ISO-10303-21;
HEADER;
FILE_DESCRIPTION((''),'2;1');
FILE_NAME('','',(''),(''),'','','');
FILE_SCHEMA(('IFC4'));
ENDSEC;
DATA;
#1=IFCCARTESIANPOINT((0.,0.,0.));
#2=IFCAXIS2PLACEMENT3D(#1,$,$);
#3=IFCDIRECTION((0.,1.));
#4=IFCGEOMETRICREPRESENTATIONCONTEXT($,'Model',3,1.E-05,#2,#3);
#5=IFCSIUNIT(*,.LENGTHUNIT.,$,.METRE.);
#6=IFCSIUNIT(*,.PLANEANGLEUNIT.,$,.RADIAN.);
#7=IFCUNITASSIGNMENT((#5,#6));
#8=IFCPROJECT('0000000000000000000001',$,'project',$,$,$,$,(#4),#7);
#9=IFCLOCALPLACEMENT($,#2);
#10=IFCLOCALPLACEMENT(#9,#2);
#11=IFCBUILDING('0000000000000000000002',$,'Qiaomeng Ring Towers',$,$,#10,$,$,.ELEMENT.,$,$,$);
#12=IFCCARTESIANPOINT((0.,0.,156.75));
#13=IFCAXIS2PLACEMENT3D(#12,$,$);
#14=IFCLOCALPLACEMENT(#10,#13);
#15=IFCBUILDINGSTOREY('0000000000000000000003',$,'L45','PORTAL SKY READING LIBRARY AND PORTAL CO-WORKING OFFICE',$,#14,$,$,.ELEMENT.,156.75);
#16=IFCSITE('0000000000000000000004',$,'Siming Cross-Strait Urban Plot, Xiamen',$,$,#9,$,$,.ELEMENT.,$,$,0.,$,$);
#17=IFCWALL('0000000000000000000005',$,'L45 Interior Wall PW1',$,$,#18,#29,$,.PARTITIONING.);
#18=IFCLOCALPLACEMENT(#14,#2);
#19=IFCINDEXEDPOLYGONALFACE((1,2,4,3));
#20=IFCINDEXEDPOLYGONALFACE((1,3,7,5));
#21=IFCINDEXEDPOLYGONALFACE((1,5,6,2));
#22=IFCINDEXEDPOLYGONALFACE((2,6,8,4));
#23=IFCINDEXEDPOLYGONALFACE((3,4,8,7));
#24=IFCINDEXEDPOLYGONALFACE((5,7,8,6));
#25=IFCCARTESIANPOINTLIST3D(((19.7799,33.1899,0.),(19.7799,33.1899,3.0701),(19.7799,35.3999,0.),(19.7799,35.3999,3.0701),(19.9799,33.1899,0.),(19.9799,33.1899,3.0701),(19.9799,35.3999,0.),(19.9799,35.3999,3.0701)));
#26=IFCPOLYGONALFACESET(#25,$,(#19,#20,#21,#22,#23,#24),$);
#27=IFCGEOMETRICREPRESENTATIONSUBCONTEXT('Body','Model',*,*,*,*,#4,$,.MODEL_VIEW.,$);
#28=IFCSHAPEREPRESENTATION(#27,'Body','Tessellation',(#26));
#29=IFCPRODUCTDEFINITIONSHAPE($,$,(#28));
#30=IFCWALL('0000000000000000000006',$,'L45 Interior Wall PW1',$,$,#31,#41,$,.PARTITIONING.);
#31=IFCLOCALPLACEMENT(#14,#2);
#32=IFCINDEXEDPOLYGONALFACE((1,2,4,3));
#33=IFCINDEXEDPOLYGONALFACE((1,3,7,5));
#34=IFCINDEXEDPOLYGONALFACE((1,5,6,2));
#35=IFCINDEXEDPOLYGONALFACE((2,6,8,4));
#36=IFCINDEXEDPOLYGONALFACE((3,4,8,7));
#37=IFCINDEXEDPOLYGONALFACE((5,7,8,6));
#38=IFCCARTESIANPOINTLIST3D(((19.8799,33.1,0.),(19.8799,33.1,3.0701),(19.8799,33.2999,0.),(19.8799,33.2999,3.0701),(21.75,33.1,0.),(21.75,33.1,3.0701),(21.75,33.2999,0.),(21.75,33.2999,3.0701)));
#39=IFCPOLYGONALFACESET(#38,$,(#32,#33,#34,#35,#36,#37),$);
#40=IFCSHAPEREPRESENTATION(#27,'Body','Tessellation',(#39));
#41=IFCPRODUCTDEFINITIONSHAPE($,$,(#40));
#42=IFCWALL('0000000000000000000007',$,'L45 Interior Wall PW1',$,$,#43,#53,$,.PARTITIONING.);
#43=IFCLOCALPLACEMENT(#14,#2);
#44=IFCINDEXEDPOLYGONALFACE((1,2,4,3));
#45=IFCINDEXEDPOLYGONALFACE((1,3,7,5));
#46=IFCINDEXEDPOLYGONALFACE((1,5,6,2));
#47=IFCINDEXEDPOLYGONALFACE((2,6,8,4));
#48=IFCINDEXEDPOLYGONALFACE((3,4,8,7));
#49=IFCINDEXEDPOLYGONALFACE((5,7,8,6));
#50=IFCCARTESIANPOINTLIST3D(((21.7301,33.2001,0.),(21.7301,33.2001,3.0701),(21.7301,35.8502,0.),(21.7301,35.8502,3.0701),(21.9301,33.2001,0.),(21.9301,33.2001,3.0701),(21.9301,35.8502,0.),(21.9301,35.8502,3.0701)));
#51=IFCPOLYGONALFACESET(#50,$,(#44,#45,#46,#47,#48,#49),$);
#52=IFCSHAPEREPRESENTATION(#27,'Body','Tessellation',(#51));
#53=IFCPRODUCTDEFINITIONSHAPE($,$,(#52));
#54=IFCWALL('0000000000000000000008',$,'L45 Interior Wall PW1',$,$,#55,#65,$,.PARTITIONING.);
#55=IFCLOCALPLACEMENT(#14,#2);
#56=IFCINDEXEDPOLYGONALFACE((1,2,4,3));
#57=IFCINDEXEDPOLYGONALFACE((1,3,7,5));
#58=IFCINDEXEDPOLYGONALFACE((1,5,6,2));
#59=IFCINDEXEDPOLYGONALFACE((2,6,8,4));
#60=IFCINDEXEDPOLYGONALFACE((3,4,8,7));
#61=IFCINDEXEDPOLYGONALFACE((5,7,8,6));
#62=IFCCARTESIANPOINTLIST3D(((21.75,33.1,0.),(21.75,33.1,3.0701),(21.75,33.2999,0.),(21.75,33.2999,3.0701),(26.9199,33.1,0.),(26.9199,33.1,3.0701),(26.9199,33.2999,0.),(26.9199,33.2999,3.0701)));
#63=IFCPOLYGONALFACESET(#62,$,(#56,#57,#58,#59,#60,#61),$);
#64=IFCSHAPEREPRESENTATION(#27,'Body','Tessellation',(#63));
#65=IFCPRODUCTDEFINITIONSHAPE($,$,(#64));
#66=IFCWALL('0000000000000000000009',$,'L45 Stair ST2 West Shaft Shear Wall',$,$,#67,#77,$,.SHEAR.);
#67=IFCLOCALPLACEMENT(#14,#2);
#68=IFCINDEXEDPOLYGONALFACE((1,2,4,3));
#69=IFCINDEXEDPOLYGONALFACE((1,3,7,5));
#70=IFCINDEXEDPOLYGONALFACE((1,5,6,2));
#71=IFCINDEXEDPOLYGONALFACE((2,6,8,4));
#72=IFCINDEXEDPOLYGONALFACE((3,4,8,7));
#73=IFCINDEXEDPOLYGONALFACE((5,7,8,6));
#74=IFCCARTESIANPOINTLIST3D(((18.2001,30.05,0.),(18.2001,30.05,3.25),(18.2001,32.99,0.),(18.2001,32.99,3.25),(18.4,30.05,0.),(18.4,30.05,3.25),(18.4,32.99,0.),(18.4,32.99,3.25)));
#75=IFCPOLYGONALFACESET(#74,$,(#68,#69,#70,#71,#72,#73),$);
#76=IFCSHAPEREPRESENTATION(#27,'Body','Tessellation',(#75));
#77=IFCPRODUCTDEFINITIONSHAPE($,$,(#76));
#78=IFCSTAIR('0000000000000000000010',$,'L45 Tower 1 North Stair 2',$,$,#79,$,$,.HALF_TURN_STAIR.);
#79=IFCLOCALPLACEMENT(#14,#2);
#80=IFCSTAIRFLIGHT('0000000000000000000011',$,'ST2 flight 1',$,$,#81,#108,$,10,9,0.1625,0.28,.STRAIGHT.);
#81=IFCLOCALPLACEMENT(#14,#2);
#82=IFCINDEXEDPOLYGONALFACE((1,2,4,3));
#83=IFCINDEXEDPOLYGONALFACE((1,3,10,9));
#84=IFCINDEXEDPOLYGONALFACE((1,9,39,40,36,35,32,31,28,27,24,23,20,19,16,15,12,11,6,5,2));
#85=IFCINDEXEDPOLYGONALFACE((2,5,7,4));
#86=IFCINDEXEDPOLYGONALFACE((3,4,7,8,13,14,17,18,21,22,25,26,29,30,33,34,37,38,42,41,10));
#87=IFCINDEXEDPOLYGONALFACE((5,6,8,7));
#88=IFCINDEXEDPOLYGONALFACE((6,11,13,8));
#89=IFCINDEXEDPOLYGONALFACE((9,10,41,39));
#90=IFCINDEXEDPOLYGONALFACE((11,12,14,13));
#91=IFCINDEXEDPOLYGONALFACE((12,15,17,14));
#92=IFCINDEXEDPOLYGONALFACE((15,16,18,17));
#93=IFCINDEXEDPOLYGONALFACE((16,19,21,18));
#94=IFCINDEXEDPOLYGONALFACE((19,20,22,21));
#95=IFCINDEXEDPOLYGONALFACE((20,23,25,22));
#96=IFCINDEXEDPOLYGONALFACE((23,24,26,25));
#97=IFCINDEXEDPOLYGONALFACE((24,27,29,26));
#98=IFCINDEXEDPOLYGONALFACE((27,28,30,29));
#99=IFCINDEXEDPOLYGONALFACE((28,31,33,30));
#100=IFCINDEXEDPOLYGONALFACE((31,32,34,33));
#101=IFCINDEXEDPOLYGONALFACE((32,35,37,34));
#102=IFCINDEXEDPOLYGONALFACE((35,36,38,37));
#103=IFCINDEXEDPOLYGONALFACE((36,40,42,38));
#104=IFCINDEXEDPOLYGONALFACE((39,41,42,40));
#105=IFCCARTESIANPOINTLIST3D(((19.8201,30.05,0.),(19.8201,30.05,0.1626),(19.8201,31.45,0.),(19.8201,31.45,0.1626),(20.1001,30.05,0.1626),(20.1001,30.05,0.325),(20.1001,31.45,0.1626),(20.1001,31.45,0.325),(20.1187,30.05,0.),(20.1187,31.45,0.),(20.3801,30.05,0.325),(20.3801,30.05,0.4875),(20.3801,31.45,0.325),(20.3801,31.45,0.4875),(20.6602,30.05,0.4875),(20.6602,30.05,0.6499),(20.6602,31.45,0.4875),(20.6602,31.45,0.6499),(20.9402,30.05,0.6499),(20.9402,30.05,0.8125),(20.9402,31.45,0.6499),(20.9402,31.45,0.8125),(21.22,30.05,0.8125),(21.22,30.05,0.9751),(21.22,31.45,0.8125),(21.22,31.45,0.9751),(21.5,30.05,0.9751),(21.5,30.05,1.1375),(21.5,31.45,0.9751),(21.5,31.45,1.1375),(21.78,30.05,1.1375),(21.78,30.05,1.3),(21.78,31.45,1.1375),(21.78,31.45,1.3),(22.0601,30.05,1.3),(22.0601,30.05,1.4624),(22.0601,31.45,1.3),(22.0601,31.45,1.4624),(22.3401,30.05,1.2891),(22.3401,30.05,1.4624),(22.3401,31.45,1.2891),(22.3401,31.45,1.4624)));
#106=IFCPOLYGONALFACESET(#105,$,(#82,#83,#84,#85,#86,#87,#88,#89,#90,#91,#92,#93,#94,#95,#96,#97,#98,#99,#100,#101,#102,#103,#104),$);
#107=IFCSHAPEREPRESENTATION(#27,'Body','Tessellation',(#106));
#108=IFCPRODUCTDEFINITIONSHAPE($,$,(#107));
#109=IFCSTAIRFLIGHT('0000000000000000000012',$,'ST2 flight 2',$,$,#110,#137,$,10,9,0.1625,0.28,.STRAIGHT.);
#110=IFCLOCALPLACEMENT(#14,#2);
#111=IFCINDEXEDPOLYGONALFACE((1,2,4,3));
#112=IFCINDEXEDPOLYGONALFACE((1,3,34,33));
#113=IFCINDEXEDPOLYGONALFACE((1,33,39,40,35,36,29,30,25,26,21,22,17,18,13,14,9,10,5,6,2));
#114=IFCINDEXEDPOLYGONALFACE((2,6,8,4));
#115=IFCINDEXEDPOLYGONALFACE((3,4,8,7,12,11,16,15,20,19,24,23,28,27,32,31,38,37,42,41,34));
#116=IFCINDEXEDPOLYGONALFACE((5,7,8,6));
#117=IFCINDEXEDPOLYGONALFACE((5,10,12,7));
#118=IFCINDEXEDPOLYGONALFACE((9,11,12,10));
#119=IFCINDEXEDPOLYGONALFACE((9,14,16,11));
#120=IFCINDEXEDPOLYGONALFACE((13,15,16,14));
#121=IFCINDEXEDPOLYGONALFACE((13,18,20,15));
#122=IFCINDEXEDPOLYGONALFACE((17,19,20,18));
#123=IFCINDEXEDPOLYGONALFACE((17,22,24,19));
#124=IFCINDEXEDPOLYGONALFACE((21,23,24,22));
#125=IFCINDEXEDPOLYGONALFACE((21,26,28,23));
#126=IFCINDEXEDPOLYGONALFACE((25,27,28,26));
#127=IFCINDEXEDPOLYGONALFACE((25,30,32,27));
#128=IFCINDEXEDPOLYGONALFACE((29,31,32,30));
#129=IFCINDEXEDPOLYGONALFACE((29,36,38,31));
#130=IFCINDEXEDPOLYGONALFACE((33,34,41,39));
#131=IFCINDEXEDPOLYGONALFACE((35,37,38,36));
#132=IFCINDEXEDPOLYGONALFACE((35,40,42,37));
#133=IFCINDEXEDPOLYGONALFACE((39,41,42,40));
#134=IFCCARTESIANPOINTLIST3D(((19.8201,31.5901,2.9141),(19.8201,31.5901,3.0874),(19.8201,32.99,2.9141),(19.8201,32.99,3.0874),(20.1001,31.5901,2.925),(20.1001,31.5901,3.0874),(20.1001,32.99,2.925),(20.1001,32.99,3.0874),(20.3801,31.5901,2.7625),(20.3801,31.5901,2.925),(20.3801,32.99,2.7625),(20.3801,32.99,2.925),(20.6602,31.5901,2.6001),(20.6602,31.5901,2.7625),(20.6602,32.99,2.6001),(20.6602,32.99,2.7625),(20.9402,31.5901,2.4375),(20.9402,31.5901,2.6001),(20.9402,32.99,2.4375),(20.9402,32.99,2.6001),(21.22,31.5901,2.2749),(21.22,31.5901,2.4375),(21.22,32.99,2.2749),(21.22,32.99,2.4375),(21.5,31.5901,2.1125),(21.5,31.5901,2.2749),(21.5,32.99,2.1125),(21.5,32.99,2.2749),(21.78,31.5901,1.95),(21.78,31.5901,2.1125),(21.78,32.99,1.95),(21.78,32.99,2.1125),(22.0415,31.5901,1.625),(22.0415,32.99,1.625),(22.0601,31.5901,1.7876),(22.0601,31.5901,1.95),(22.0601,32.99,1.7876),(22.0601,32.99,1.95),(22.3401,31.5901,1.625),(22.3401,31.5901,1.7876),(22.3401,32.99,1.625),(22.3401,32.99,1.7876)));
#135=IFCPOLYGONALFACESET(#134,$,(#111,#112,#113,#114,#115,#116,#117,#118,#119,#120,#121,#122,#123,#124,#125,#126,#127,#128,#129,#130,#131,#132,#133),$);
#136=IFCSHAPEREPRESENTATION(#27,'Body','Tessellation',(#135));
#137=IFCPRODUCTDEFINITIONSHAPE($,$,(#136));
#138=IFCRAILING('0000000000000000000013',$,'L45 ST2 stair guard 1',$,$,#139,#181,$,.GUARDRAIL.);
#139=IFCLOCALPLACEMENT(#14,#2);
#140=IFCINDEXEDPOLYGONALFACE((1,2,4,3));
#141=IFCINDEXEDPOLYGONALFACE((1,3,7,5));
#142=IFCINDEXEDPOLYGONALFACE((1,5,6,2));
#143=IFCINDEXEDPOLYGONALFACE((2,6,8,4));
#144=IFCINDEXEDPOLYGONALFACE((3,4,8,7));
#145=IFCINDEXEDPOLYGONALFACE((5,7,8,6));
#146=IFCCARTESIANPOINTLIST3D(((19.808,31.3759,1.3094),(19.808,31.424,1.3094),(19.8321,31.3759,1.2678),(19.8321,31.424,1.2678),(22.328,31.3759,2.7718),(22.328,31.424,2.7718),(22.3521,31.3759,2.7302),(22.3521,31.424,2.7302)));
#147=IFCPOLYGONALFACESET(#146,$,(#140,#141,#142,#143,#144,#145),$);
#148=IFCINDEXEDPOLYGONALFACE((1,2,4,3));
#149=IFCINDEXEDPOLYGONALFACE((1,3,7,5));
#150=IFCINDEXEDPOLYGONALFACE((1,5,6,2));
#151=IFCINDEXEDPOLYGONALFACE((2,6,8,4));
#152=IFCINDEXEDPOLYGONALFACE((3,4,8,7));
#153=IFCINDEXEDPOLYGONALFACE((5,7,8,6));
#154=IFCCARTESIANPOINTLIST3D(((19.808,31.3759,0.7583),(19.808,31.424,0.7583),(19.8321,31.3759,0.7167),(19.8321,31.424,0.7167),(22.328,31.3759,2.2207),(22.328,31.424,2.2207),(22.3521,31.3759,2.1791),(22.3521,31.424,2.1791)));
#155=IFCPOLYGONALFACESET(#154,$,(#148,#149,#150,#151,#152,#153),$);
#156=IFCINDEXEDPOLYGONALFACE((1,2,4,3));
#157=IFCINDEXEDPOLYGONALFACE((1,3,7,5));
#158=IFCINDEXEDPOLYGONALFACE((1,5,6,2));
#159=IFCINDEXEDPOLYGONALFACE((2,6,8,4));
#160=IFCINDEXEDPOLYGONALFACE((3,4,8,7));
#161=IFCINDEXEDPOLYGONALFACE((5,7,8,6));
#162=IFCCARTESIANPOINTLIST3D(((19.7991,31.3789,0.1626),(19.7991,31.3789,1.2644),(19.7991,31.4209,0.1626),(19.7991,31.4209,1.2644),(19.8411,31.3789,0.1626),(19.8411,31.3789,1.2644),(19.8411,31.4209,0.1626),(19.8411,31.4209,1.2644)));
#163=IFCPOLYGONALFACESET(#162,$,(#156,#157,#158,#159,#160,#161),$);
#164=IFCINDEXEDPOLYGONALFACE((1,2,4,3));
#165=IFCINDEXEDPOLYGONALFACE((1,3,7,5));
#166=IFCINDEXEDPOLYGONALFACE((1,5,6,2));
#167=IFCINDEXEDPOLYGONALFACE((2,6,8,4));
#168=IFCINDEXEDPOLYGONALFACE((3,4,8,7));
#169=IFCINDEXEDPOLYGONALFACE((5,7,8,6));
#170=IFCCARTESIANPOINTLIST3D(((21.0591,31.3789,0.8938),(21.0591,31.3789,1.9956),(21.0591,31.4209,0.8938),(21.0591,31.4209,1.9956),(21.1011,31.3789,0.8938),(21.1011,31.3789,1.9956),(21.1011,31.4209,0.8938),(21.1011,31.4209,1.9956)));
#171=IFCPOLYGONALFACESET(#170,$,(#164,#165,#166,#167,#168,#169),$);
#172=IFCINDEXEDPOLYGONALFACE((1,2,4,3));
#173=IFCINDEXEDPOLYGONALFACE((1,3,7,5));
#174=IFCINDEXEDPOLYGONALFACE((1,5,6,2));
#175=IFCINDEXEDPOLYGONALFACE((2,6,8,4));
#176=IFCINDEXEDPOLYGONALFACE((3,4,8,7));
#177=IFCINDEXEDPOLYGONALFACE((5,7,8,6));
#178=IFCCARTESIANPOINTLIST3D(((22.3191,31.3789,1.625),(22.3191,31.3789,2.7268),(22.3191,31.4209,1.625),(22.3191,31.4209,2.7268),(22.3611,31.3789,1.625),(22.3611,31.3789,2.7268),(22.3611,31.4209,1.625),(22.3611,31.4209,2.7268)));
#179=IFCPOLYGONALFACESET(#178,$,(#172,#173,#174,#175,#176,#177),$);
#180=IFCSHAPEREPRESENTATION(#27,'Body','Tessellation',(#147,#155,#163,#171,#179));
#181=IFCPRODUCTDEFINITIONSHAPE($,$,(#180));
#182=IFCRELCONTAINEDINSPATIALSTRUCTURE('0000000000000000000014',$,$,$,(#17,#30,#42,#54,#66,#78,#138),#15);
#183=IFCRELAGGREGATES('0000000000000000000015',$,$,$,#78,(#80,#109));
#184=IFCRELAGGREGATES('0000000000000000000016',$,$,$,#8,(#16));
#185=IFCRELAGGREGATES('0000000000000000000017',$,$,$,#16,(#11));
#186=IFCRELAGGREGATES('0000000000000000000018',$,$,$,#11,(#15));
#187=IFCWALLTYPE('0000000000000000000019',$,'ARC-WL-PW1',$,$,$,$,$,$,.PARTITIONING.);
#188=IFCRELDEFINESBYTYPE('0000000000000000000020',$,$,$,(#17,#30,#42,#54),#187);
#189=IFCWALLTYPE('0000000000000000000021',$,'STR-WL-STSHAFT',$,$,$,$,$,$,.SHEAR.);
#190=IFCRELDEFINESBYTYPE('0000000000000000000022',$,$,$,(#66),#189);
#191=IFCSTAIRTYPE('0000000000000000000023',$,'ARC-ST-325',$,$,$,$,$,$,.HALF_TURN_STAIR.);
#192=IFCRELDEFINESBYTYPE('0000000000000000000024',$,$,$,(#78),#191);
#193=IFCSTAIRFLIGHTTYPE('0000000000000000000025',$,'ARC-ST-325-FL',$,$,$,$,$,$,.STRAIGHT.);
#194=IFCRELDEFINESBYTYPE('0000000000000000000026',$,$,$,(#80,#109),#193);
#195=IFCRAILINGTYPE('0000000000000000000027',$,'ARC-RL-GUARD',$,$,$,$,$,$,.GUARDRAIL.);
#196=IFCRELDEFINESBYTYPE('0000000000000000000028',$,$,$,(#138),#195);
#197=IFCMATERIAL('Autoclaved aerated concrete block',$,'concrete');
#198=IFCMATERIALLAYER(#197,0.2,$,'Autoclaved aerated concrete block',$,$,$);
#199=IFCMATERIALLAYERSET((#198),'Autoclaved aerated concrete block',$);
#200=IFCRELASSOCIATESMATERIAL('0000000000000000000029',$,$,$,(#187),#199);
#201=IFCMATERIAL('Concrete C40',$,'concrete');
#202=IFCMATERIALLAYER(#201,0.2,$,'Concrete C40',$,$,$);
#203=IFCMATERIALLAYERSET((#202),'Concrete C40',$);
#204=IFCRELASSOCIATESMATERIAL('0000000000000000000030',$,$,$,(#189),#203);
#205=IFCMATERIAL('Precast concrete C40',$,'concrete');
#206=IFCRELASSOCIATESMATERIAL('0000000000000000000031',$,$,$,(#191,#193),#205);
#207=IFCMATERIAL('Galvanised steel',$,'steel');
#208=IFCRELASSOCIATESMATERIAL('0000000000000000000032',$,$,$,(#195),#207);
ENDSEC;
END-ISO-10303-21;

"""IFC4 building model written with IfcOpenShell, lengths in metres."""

from ifc_helpers import new_model, si_unit, direction, frame, frame_2d, origin, origin_2d, place, context, subcontext, project, spatial, polyline, rectangle, outline, extrude, source, transform, mapped, material, layer, layer_set, type_object, element, aggregate, save


model = new_model("IFC4")

# Units and contexts
model_context = context("Model", 3, precision=1e-05, world=origin(), true_north=direction((0.0, 1.0)))
body_context = subcontext(model_context, "Body", "Model", "MODEL_VIEW")
ifc_project = project(units=[si_unit("LENGTHUNIT", "METRE"), si_unit("PLANEANGLEUNIT", "RADIAN")], contexts=[model_context])

# Site, building, storey
site_placement = place(None, origin())
site = spatial("IfcSite", under=ifc_project, at=site_placement, Name="Siming Cross-Strait Urban Plot, Xiamen", CompositionType="ELEMENT", RefElevation=0.0)
building_placement = place(site_placement, origin())
building = spatial("IfcBuilding", under=site, at=building_placement, Name="Qiaomeng Ring Towers", CompositionType="ELEMENT")
storey_placement = place(building_placement, frame((0.0, 0.0, 156.75)))
storey = spatial("IfcBuildingStorey", under=building, at=storey_placement, Name="L45", Description="PORTAL SKY READING LIBRARY AND PORTAL CO-WORKING OFFICE", CompositionType="ELEMENT", Elevation=156.75)

# Walls
ifc_material_1 = material(Name="Autoclaved aerated concrete block", Category="concrete")
ifc_layer_1 = layer(ifc_material_1, 0.2, Name="Autoclaved aerated concrete block")
ifc_layer_set_1 = layer_set([ifc_layer_1], Name="Autoclaved aerated concrete block")
wall_type_1 = type_object("IfcWallType", Name="ARC-WL-PW1", PredefinedType="PARTITIONING", material=ifc_layer_set_1)
wall_1_placement = place(storey_placement, frame((19.8799, 33.1899, 0.0), z_axis=(0.0, 0.0, 1.0), x_axis=(0.0, 1.0, 0.0)))
element("IfcWall", 1, at=wall_1_placement, inside=storey, type_object=wall_type_1, Name="L45 Interior Wall PW1", PredefinedType="PARTITIONING", context=body_context, shape_type="SweptSolid", body=[
    extrude(rectangle(XDim=2.21, YDim=0.2, at=frame_2d((1.105, 0.0))), origin(), (0.0, 0.0, 1.0), 3.0701),
])
wall_2_placement = place(storey_placement, frame((19.8799, 33.2, 0.0), z_axis=(0.0, 0.0, 1.0), x_axis=(1.0, 0.0, 0.0)))
element("IfcWall", 2, at=wall_2_placement, inside=storey, type_object=wall_type_1, Name="L45 Interior Wall PW1", PredefinedType="PARTITIONING", context=body_context, shape_type="SweptSolid", body=[
    extrude(rectangle(XDim=1.8701, YDim=0.2, at=frame_2d((0.9351, 0.0))), origin(), (0.0, 0.0, 1.0), 3.0701),
])
wall_3_placement = place(storey_placement, frame((21.8301, 33.2, 0.0), z_axis=(0.0, 0.0, 1.0), x_axis=(0.0, 1.0, 0.0)))
element("IfcWall", 3, at=wall_3_placement, inside=storey, type_object=wall_type_1, Name="L45 Interior Wall PW1", PredefinedType="PARTITIONING", context=body_context, shape_type="SweptSolid", body=[
    extrude(rectangle(XDim=2.6501, YDim=0.2, at=frame_2d((1.3252, 0.0))), origin(), (0.0, 0.0, 1.0), 3.0701),
])
wall_4_placement = place(storey_placement, frame((21.75, 33.2, 0.0), z_axis=(0.0, 0.0, 1.0), x_axis=(1.0, 0.0, 0.0)))
element("IfcWall", 4, at=wall_4_placement, inside=storey, type_object=wall_type_1, Name="L45 Interior Wall PW1", PredefinedType="PARTITIONING", context=body_context, shape_type="SweptSolid", body=[
    extrude(rectangle(XDim=5.1699, YDim=0.2, at=frame_2d((2.585, 0.0))), origin(), (0.0, 0.0, 1.0), 3.0701),
])
ifc_material_2 = material(Name="Concrete C40", Category="concrete")
ifc_layer_2 = layer(ifc_material_2, 0.2, Name="Concrete C40")
ifc_layer_set_2 = layer_set([ifc_layer_2], Name="Concrete C40")
wall_type_2 = type_object("IfcWallType", Name="STR-WL-STSHAFT", PredefinedType="SHEAR", material=ifc_layer_set_2)
wall_5_placement = place(storey_placement, frame((18.3, 30.05, 0.0), z_axis=(0.0, 0.0, 1.0), x_axis=(0.0, 1.0, 0.0)))
element("IfcWall", 5, at=wall_5_placement, inside=storey, type_object=wall_type_2, Name="L45 Stair ST2 West Shaft Shear Wall", PredefinedType="SHEAR", context=body_context, shape_type="SweptSolid", body=[
    extrude(rectangle(XDim=2.9399, YDim=0.2, at=frame_2d((1.47, 0.0))), origin(), (0.0, 0.0, 1.0), 3.25),
])

# Stair, stair flights
ifc_material_3 = material(Name="Precast concrete C40", Category="concrete")
stair_type = type_object("IfcStairType", Name="ARC-ST-325", PredefinedType="HALF_TURN_STAIR", material=ifc_material_3)
stair_placement = place(storey_placement, origin())
stair = element("IfcStair", 6, at=stair_placement, inside=storey, type_object=stair_type, Name="L45 Tower 1 North Stair 2", PredefinedType="HALF_TURN_STAIR")
stair_flight_type = type_object("IfcStairFlightType", Name="ARC-ST-325-FL", PredefinedType="STRAIGHT", material=ifc_material_3)
shared_shape = source(origin(), body_context, "Body", "SweptSolid", [
    extrude(outline(polyline([(0.0, 0.0), (0.0, 0.1626), (0.28, 0.1626), (0.28, 0.325), (0.5601, 0.325), (0.5601, 0.4875), (0.8401, 0.4875), (0.8401, 0.6499), (1.1201, 0.6499), (1.1201, 0.8125), (1.3999, 0.8125), (1.3999, 0.9751), (1.6799, 0.9751), (1.6799, 1.1375), (1.96, 1.1375), (1.96, 1.3), (2.24, 1.3), (2.24, 1.4624), (2.52, 1.4624), (2.52, 1.625), (2.52, 1.2891), (0.2986, 0.0), (0.0, 0.0)])), frame((0.0, 0.7, 0.0), z_axis=(0.0, -1.0, 0.0), x_axis=(1.0, 0.0, 0.0)), (0.0, 0.0, 1.0), 1.3999),
])
stair_flight_1_placement = place(storey_placement, frame((19.8201, 30.75, 0.0), z_axis=(0.0, 0.0, 1.0), x_axis=(1.0, 0.0, 0.0)))
stair_flight_1 = element("IfcStairFlight", 7, at=stair_flight_1_placement, type_object=stair_flight_type, Name="ST2 flight 1", NumberOfRisers=10, NumberOfTreads=9, PredefinedType="STRAIGHT", RiserHeight=0.1625, TreadLength=0.28, context=body_context, shape_type="MappedRepresentation", body=[
    mapped(shared_shape, transform((0.0, 0.0, 0.0), x_axis=(1.0, 0.0, 0.0), y_axis=(0.0, 1.0, 0.0), z_axis=(0.0, 0.0, 1.0), scale=1.0)),
])
stair_flight_2_placement = place(storey_placement, frame((22.3401, 32.29, 1.625), z_axis=(0.0, 0.0, 1.0), x_axis=(-1.0, 0.0, 0.0)))
stair_flight_2 = element("IfcStairFlight", 8, at=stair_flight_2_placement, type_object=stair_flight_type, Name="ST2 flight 2", NumberOfRisers=10, NumberOfTreads=9, PredefinedType="STRAIGHT", RiserHeight=0.1625, TreadLength=0.28, context=body_context, shape_type="MappedRepresentation", body=[
    mapped(shared_shape, transform((0.0, 0.0, 0.0), x_axis=(1.0, 0.0, 0.0), y_axis=(0.0, 1.0, 0.0), z_axis=(0.0, 0.0, 1.0), scale=1.0)),
])
aggregate(stair, [stair_flight_1, stair_flight_2])

# Railing
ifc_material_4 = material(Name="Galvanised steel", Category="steel")
railing_type_1 = type_object("IfcRailingType", Name="ARC-RL-GUARD", PredefinedType="GUARDRAIL", material=ifc_material_4)
railing_1_placement = place(storey_placement, frame((19.8201, 31.3999, 0.1626)))
element("IfcRailing", 9, at=railing_1_placement, inside=storey, type_object=railing_type_1, Name="L45 ST2 stair guard 1", PredefinedType="GUARDRAIL", context=body_context, shape_type="SweptSolid", body=[
    extrude(rectangle(XDim=0.0481, YDim=0.0481, at=origin_2d()), frame((0.0, 0.0, 1.126), z_axis=(0.864913, 0.0, 0.501921), x_axis=(0.0, 1.0, 0.0)), (0.0, 0.0, 1.0), 2.9136),
    extrude(rectangle(XDim=0.0481, YDim=0.0481, at=origin_2d()), frame((0.0, 0.0, 0.575), z_axis=(0.864913, 0.0, 0.501921), x_axis=(0.0, 1.0, 0.0)), (0.0, 0.0, 1.0), 2.9136),
    extrude(rectangle(XDim=0.042, YDim=0.042, at=origin_2d()), origin(), (0.0, 0.0, 1.0), 1.1018),
    extrude(rectangle(XDim=0.042, YDim=0.042, at=origin_2d()), frame((1.26, 0.0, 0.7312)), (0.0, 0.0, 1.0), 1.1018),
    extrude(rectangle(XDim=0.042, YDim=0.042, at=origin_2d()), frame((2.52, 0.0, 1.4624)), (0.0, 0.0, 1.0), 1.1018),
])

save(model, "model.ifc")
